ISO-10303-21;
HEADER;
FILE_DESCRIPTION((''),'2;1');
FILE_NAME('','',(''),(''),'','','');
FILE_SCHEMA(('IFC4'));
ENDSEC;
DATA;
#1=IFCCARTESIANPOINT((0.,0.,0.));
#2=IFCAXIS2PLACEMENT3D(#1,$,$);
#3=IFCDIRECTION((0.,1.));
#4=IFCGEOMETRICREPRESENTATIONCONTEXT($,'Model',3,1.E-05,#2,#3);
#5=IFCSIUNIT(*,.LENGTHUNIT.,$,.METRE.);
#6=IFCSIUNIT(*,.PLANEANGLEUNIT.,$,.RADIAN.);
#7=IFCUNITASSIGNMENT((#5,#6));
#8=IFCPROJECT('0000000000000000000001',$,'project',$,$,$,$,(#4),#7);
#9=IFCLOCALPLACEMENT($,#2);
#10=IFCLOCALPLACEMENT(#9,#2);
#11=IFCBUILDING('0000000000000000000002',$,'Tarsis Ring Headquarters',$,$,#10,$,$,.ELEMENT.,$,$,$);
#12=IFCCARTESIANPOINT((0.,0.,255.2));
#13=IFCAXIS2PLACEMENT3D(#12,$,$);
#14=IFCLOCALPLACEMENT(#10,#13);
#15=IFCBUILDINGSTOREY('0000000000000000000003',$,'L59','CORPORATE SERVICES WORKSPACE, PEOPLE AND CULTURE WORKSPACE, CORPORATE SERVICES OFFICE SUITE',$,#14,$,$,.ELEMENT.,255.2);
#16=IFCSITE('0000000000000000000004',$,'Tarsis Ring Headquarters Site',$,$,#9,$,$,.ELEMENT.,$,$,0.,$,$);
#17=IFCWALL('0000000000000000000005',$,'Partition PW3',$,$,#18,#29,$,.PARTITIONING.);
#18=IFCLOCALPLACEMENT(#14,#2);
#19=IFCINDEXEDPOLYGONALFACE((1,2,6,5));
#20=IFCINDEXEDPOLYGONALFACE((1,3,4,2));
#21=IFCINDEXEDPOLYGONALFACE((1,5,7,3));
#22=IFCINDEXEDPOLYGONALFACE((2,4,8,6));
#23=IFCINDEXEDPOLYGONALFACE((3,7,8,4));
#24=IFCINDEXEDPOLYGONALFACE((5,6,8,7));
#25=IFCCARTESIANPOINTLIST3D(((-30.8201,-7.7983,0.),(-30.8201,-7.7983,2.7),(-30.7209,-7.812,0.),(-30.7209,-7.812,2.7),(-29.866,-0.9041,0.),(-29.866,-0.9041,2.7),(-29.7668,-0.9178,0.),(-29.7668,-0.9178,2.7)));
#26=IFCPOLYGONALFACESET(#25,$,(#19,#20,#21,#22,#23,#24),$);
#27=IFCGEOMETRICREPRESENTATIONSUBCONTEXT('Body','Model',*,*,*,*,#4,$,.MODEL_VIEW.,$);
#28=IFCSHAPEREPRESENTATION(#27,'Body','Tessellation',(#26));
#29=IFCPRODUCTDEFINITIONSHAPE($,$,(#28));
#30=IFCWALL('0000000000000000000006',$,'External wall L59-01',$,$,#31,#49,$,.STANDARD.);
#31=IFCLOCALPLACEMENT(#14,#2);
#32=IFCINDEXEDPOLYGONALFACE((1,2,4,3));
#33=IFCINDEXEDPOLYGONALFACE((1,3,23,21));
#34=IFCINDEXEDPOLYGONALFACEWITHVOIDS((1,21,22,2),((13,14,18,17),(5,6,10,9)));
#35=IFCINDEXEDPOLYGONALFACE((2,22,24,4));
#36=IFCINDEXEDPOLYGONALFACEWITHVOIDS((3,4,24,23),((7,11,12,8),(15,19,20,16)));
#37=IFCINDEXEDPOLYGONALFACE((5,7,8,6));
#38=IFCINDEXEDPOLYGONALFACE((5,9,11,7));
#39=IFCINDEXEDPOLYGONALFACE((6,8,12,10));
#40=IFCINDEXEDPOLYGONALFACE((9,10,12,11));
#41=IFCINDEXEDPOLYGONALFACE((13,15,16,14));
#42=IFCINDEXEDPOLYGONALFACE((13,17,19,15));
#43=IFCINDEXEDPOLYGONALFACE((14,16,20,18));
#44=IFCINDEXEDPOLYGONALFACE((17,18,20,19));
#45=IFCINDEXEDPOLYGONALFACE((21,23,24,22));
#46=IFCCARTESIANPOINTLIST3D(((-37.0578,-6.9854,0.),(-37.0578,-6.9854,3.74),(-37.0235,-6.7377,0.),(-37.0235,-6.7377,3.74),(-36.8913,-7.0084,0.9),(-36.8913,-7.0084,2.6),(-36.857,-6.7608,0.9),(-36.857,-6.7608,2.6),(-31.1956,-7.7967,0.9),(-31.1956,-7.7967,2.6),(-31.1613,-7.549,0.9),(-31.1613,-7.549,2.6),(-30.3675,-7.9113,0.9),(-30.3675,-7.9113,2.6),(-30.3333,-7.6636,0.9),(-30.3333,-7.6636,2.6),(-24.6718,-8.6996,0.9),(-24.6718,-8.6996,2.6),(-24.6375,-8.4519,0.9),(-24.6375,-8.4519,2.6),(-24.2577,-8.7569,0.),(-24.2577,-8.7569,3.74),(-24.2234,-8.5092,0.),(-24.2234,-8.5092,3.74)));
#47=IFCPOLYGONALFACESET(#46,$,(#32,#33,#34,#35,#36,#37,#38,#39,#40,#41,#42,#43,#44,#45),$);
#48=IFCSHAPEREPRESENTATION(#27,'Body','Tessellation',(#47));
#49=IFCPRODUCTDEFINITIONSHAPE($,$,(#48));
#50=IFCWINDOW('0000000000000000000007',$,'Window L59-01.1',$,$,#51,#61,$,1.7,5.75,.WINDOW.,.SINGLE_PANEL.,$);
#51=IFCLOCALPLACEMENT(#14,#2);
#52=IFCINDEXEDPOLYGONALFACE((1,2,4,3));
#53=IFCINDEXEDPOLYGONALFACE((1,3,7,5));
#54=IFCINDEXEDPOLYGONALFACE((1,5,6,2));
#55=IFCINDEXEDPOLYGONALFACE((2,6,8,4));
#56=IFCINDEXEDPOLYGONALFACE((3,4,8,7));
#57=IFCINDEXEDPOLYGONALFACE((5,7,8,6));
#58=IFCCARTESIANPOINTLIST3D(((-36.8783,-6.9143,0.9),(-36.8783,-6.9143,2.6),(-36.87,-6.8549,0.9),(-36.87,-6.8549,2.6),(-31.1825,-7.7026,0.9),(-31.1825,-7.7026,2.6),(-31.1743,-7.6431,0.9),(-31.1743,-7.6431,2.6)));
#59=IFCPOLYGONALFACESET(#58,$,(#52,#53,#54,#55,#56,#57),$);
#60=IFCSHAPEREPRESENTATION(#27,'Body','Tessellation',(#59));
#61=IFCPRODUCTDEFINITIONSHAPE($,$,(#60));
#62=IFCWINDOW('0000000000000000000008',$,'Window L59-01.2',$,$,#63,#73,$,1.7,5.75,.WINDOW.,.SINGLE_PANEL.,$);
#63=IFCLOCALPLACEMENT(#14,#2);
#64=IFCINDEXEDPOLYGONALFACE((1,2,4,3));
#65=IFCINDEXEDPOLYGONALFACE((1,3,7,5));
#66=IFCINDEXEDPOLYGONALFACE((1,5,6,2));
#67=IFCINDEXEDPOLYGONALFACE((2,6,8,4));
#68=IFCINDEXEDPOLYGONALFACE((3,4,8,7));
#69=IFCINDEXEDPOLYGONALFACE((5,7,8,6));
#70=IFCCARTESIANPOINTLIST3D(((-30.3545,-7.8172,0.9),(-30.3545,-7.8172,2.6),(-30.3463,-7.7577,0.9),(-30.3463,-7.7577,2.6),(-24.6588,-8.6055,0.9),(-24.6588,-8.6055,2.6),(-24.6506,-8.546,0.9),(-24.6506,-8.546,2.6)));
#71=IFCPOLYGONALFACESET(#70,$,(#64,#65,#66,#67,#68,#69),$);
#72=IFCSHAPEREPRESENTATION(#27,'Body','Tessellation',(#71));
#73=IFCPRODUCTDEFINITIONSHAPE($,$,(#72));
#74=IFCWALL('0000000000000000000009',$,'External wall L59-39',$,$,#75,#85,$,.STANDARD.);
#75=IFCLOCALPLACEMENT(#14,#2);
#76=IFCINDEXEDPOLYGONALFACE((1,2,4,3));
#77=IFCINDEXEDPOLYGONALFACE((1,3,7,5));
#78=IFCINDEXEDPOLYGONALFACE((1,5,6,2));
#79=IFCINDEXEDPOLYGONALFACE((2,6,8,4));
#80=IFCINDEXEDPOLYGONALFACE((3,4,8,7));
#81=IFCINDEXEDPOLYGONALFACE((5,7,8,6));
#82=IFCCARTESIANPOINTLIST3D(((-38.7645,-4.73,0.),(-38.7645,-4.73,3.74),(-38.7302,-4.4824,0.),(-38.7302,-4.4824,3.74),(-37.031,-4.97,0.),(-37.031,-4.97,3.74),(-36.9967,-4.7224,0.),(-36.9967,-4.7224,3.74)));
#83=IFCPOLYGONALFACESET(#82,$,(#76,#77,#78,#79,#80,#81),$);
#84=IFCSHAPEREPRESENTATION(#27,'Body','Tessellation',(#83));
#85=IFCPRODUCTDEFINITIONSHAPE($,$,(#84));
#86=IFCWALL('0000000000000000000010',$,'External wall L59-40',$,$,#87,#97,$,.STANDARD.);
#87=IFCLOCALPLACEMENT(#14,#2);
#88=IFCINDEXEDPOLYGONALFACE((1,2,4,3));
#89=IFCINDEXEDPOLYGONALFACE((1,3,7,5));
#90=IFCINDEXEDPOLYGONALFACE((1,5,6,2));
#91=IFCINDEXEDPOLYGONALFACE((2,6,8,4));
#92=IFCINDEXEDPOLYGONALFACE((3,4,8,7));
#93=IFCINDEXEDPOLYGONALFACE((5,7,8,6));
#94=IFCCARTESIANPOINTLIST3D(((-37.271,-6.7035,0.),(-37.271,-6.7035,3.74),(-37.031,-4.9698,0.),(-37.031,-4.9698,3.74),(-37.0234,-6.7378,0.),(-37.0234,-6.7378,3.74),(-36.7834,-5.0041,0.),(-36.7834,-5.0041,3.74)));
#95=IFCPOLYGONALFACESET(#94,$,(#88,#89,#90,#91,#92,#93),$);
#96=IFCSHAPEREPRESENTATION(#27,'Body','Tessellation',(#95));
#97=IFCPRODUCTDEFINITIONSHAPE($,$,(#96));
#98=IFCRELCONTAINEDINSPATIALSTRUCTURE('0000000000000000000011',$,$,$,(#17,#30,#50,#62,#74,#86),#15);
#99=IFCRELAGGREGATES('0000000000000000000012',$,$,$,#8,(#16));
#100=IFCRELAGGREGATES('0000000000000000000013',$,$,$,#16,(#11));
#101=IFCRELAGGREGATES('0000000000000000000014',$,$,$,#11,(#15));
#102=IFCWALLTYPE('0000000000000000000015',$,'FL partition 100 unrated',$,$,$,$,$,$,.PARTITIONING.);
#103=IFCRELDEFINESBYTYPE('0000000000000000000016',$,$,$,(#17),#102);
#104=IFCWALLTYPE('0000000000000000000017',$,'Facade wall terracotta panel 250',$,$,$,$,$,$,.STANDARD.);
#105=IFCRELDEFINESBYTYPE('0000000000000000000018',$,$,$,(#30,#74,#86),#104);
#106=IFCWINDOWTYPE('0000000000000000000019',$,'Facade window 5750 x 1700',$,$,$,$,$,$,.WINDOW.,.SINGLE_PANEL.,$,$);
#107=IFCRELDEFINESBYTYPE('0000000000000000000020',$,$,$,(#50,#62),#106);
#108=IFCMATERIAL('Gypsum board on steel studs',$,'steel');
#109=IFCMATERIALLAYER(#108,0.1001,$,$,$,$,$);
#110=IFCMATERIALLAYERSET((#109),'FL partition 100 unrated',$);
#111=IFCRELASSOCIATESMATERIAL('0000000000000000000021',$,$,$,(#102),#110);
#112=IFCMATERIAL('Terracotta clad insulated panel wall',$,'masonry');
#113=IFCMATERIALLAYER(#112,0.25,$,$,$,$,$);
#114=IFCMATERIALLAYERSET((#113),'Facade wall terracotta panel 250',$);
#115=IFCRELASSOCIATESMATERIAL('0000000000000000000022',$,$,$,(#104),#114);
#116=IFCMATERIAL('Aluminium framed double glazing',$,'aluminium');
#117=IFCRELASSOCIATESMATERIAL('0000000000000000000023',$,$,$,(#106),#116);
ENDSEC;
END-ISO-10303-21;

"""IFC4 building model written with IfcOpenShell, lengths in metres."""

from ifc_helpers import new_model, si_unit, direction, frame, frame_2d, origin, place, context, subcontext, project, spatial, rectangle, extrude, material, layer, layer_set, type_object, element, fill, save


model = new_model("IFC4")

# Units and contexts
model_context = context("Model", 3, precision=1e-05, world=origin(), true_north=direction((0.0, 1.0)))
body_context = subcontext(model_context, "Body", "Model", "MODEL_VIEW")
ifc_project = project(units=[si_unit("LENGTHUNIT", "METRE"), si_unit("PLANEANGLEUNIT", "RADIAN")], contexts=[model_context])

# Site, building, storey
site_placement = place(None, origin())
site = spatial("IfcSite", under=ifc_project, at=site_placement, Name="Tarsis Ring Headquarters Site", CompositionType="ELEMENT", RefElevation=0.0)
building_placement = place(site_placement, origin())
building = spatial("IfcBuilding", under=site, at=building_placement, Name="Tarsis Ring Headquarters", CompositionType="ELEMENT")
storey_placement = place(building_placement, frame((0.0, 0.0, 255.2)))
storey = spatial("IfcBuildingStorey", under=building, at=storey_placement, Name="L59", Description="CORPORATE SERVICES WORKSPACE, PEOPLE AND CULTURE WORKSPACE, CORPORATE SERVICES OFFICE SUITE", CompositionType="ELEMENT", Elevation=255.2)

# Wall
ifc_material_1 = material(Name="Gypsum board on steel studs", Category="steel")
ifc_layer_1 = layer(ifc_material_1, 0.1001)
ifc_layer_set_1 = layer_set([ifc_layer_1], Name="FL partition 100 unrated")
wall_type_1 = type_object("IfcWallType", Name="FL partition 100 unrated", PredefinedType="PARTITIONING", material=ifc_layer_set_1)
wall_1_placement = place(storey_placement, frame((-30.7705, -7.8052, 0.0), z_axis=(0.0, 0.0, 1.0), x_axis=(0.137084, 0.990559, 0.0)))
element("IfcWall", 1, at=wall_1_placement, inside=storey, type_object=wall_type_1, Name="Partition PW3", PredefinedType="PARTITIONING", context=body_context, shape_type="SweptSolid", body=[
    extrude(rectangle(XDim=6.96, YDim=0.1001, at=frame_2d((3.48, 0.0))), origin(), (0.0, 0.0, 1.0), 2.7),
])

# Wall, openings, windows
ifc_material_2 = material(Name="Terracotta clad insulated panel wall", Category="masonry")
ifc_layer_2 = layer(ifc_material_2, 0.25)
ifc_layer_set_2 = layer_set([ifc_layer_2], Name="Facade wall terracotta panel 250")
wall_type_2 = type_object("IfcWallType", Name="Facade wall terracotta panel 250", PredefinedType="STANDARD", material=ifc_layer_set_2)
wall_2_placement = place(storey_placement, frame((-37.0405, -6.8616, 0.0), z_axis=(0.0, 0.0, 1.0), x_axis=(0.990559, -0.13709, 0.0)))
wall_2 = element("IfcWall", 2, at=wall_2_placement, inside=storey, type_object=wall_type_2, Name="External wall L59-01", PredefinedType="STANDARD", context=body_context, shape_type="SweptSolid", body=[
    extrude(rectangle(XDim=12.9221, YDim=0.25, at=frame_2d((6.4609, 0.0))), origin(), (0.0, 0.0, 1.0), 3.74),
])
opening_1_placement = place(wall_2_placement, frame((0.168, 0.0, 0.8999)))
opening_1 = element("IfcOpeningElement", 3, at=opening_1_placement, cuts=wall_2, PredefinedType="OPENING", context=body_context, shape_type="SweptSolid", body=[
    extrude(rectangle(XDim=5.75, YDim=1.7, at=frame_2d((2.875, 0.8501))), frame((0.0, 0.135, 0.0), z_axis=(0.0, -1.0, 0.0), x_axis=(1.0, 0.0, 0.0)), (0.0, 0.0, 1.0), 0.27),
])
opening_2_placement = place(wall_2_placement, frame((6.7539, 0.0, 0.8999)))
opening_2 = element("IfcOpeningElement", 4, at=opening_2_placement, cuts=wall_2, PredefinedType="OPENING", context=body_context, shape_type="SweptSolid", body=[
    extrude(rectangle(XDim=5.75, YDim=1.7, at=frame_2d((2.875, 0.8501))), frame((0.0, 0.135, 0.0), z_axis=(0.0, -1.0, 0.0), x_axis=(1.0, 0.0, 0.0)), (0.0, 0.0, 1.0), 0.27),
])
ifc_material_3 = material(Name="Aluminium framed double glazing", Category="aluminium")
window_type = type_object("IfcWindowType", Name="Facade window 5750 x 1700", PartitioningType="SINGLE_PANEL", PredefinedType="WINDOW", material=ifc_material_3)
window_1_placement = place(opening_1_placement, origin())
window_1 = element("IfcWindow", 5, at=window_1_placement, inside=storey, type_object=window_type, Name="Window L59-01.1", OverallHeight=1.7, OverallWidth=5.75, PartitioningType="SINGLE_PANEL", PredefinedType="WINDOW", context=body_context, shape_type="SweptSolid", body=[
    extrude(rectangle(XDim=5.75, YDim=1.7, at=frame_2d((2.875, 0.8501))), frame((0.0, 0.03, 0.0), z_axis=(0.0, -1.0, 0.0), x_axis=(1.0, 0.0, 0.0)), (0.0, 0.0, 1.0), 0.0601),
])
fill(opening_1, window_1)
window_2_placement = place(opening_2_placement, origin())
window_2 = element("IfcWindow", 6, at=window_2_placement, inside=storey, type_object=window_type, Name="Window L59-01.2", OverallHeight=1.7, OverallWidth=5.75, PartitioningType="SINGLE_PANEL", PredefinedType="WINDOW", context=body_context, shape_type="SweptSolid", body=[
    extrude(rectangle(XDim=5.75, YDim=1.7, at=frame_2d((2.875, 0.8501))), frame((0.0, 0.03, 0.0), z_axis=(0.0, -1.0, 0.0), x_axis=(1.0, 0.0, 0.0)), (0.0, 0.0, 1.0), 0.0601),
])
fill(opening_2, window_2)

# Walls
wall_3_placement = place(storey_placement, frame((-38.7473, -4.6062, 0.0), z_axis=(0.0, 0.0, 1.0), x_axis=(0.990551, -0.137143, 0.0)))
element("IfcWall", 7, at=wall_3_placement, inside=storey, type_object=wall_type_2, Name="External wall L59-39", PredefinedType="STANDARD", context=body_context, shape_type="SweptSolid", body=[
    extrude(rectangle(XDim=1.75, YDim=0.25, at=frame_2d((0.875, 0.0))), origin(), (0.0, 0.0, 1.0), 3.74),
])
wall_4_placement = place(storey_placement, frame((-36.9072, -4.9871, 0.0), z_axis=(0.0, 0.0, 1.0), x_axis=(-0.137124, -0.990554, 0.0)))
element("IfcWall", 8, at=wall_4_placement, inside=storey, type_object=wall_type_2, Name="External wall L59-40", PredefinedType="STANDARD", context=body_context, shape_type="SweptSolid", body=[
    extrude(rectangle(XDim=1.7502, YDim=0.25, at=frame_2d((0.875, 0.0))), origin(), (0.0, 0.0, 1.0), 3.74),
])

save(model, "model.ifc")
